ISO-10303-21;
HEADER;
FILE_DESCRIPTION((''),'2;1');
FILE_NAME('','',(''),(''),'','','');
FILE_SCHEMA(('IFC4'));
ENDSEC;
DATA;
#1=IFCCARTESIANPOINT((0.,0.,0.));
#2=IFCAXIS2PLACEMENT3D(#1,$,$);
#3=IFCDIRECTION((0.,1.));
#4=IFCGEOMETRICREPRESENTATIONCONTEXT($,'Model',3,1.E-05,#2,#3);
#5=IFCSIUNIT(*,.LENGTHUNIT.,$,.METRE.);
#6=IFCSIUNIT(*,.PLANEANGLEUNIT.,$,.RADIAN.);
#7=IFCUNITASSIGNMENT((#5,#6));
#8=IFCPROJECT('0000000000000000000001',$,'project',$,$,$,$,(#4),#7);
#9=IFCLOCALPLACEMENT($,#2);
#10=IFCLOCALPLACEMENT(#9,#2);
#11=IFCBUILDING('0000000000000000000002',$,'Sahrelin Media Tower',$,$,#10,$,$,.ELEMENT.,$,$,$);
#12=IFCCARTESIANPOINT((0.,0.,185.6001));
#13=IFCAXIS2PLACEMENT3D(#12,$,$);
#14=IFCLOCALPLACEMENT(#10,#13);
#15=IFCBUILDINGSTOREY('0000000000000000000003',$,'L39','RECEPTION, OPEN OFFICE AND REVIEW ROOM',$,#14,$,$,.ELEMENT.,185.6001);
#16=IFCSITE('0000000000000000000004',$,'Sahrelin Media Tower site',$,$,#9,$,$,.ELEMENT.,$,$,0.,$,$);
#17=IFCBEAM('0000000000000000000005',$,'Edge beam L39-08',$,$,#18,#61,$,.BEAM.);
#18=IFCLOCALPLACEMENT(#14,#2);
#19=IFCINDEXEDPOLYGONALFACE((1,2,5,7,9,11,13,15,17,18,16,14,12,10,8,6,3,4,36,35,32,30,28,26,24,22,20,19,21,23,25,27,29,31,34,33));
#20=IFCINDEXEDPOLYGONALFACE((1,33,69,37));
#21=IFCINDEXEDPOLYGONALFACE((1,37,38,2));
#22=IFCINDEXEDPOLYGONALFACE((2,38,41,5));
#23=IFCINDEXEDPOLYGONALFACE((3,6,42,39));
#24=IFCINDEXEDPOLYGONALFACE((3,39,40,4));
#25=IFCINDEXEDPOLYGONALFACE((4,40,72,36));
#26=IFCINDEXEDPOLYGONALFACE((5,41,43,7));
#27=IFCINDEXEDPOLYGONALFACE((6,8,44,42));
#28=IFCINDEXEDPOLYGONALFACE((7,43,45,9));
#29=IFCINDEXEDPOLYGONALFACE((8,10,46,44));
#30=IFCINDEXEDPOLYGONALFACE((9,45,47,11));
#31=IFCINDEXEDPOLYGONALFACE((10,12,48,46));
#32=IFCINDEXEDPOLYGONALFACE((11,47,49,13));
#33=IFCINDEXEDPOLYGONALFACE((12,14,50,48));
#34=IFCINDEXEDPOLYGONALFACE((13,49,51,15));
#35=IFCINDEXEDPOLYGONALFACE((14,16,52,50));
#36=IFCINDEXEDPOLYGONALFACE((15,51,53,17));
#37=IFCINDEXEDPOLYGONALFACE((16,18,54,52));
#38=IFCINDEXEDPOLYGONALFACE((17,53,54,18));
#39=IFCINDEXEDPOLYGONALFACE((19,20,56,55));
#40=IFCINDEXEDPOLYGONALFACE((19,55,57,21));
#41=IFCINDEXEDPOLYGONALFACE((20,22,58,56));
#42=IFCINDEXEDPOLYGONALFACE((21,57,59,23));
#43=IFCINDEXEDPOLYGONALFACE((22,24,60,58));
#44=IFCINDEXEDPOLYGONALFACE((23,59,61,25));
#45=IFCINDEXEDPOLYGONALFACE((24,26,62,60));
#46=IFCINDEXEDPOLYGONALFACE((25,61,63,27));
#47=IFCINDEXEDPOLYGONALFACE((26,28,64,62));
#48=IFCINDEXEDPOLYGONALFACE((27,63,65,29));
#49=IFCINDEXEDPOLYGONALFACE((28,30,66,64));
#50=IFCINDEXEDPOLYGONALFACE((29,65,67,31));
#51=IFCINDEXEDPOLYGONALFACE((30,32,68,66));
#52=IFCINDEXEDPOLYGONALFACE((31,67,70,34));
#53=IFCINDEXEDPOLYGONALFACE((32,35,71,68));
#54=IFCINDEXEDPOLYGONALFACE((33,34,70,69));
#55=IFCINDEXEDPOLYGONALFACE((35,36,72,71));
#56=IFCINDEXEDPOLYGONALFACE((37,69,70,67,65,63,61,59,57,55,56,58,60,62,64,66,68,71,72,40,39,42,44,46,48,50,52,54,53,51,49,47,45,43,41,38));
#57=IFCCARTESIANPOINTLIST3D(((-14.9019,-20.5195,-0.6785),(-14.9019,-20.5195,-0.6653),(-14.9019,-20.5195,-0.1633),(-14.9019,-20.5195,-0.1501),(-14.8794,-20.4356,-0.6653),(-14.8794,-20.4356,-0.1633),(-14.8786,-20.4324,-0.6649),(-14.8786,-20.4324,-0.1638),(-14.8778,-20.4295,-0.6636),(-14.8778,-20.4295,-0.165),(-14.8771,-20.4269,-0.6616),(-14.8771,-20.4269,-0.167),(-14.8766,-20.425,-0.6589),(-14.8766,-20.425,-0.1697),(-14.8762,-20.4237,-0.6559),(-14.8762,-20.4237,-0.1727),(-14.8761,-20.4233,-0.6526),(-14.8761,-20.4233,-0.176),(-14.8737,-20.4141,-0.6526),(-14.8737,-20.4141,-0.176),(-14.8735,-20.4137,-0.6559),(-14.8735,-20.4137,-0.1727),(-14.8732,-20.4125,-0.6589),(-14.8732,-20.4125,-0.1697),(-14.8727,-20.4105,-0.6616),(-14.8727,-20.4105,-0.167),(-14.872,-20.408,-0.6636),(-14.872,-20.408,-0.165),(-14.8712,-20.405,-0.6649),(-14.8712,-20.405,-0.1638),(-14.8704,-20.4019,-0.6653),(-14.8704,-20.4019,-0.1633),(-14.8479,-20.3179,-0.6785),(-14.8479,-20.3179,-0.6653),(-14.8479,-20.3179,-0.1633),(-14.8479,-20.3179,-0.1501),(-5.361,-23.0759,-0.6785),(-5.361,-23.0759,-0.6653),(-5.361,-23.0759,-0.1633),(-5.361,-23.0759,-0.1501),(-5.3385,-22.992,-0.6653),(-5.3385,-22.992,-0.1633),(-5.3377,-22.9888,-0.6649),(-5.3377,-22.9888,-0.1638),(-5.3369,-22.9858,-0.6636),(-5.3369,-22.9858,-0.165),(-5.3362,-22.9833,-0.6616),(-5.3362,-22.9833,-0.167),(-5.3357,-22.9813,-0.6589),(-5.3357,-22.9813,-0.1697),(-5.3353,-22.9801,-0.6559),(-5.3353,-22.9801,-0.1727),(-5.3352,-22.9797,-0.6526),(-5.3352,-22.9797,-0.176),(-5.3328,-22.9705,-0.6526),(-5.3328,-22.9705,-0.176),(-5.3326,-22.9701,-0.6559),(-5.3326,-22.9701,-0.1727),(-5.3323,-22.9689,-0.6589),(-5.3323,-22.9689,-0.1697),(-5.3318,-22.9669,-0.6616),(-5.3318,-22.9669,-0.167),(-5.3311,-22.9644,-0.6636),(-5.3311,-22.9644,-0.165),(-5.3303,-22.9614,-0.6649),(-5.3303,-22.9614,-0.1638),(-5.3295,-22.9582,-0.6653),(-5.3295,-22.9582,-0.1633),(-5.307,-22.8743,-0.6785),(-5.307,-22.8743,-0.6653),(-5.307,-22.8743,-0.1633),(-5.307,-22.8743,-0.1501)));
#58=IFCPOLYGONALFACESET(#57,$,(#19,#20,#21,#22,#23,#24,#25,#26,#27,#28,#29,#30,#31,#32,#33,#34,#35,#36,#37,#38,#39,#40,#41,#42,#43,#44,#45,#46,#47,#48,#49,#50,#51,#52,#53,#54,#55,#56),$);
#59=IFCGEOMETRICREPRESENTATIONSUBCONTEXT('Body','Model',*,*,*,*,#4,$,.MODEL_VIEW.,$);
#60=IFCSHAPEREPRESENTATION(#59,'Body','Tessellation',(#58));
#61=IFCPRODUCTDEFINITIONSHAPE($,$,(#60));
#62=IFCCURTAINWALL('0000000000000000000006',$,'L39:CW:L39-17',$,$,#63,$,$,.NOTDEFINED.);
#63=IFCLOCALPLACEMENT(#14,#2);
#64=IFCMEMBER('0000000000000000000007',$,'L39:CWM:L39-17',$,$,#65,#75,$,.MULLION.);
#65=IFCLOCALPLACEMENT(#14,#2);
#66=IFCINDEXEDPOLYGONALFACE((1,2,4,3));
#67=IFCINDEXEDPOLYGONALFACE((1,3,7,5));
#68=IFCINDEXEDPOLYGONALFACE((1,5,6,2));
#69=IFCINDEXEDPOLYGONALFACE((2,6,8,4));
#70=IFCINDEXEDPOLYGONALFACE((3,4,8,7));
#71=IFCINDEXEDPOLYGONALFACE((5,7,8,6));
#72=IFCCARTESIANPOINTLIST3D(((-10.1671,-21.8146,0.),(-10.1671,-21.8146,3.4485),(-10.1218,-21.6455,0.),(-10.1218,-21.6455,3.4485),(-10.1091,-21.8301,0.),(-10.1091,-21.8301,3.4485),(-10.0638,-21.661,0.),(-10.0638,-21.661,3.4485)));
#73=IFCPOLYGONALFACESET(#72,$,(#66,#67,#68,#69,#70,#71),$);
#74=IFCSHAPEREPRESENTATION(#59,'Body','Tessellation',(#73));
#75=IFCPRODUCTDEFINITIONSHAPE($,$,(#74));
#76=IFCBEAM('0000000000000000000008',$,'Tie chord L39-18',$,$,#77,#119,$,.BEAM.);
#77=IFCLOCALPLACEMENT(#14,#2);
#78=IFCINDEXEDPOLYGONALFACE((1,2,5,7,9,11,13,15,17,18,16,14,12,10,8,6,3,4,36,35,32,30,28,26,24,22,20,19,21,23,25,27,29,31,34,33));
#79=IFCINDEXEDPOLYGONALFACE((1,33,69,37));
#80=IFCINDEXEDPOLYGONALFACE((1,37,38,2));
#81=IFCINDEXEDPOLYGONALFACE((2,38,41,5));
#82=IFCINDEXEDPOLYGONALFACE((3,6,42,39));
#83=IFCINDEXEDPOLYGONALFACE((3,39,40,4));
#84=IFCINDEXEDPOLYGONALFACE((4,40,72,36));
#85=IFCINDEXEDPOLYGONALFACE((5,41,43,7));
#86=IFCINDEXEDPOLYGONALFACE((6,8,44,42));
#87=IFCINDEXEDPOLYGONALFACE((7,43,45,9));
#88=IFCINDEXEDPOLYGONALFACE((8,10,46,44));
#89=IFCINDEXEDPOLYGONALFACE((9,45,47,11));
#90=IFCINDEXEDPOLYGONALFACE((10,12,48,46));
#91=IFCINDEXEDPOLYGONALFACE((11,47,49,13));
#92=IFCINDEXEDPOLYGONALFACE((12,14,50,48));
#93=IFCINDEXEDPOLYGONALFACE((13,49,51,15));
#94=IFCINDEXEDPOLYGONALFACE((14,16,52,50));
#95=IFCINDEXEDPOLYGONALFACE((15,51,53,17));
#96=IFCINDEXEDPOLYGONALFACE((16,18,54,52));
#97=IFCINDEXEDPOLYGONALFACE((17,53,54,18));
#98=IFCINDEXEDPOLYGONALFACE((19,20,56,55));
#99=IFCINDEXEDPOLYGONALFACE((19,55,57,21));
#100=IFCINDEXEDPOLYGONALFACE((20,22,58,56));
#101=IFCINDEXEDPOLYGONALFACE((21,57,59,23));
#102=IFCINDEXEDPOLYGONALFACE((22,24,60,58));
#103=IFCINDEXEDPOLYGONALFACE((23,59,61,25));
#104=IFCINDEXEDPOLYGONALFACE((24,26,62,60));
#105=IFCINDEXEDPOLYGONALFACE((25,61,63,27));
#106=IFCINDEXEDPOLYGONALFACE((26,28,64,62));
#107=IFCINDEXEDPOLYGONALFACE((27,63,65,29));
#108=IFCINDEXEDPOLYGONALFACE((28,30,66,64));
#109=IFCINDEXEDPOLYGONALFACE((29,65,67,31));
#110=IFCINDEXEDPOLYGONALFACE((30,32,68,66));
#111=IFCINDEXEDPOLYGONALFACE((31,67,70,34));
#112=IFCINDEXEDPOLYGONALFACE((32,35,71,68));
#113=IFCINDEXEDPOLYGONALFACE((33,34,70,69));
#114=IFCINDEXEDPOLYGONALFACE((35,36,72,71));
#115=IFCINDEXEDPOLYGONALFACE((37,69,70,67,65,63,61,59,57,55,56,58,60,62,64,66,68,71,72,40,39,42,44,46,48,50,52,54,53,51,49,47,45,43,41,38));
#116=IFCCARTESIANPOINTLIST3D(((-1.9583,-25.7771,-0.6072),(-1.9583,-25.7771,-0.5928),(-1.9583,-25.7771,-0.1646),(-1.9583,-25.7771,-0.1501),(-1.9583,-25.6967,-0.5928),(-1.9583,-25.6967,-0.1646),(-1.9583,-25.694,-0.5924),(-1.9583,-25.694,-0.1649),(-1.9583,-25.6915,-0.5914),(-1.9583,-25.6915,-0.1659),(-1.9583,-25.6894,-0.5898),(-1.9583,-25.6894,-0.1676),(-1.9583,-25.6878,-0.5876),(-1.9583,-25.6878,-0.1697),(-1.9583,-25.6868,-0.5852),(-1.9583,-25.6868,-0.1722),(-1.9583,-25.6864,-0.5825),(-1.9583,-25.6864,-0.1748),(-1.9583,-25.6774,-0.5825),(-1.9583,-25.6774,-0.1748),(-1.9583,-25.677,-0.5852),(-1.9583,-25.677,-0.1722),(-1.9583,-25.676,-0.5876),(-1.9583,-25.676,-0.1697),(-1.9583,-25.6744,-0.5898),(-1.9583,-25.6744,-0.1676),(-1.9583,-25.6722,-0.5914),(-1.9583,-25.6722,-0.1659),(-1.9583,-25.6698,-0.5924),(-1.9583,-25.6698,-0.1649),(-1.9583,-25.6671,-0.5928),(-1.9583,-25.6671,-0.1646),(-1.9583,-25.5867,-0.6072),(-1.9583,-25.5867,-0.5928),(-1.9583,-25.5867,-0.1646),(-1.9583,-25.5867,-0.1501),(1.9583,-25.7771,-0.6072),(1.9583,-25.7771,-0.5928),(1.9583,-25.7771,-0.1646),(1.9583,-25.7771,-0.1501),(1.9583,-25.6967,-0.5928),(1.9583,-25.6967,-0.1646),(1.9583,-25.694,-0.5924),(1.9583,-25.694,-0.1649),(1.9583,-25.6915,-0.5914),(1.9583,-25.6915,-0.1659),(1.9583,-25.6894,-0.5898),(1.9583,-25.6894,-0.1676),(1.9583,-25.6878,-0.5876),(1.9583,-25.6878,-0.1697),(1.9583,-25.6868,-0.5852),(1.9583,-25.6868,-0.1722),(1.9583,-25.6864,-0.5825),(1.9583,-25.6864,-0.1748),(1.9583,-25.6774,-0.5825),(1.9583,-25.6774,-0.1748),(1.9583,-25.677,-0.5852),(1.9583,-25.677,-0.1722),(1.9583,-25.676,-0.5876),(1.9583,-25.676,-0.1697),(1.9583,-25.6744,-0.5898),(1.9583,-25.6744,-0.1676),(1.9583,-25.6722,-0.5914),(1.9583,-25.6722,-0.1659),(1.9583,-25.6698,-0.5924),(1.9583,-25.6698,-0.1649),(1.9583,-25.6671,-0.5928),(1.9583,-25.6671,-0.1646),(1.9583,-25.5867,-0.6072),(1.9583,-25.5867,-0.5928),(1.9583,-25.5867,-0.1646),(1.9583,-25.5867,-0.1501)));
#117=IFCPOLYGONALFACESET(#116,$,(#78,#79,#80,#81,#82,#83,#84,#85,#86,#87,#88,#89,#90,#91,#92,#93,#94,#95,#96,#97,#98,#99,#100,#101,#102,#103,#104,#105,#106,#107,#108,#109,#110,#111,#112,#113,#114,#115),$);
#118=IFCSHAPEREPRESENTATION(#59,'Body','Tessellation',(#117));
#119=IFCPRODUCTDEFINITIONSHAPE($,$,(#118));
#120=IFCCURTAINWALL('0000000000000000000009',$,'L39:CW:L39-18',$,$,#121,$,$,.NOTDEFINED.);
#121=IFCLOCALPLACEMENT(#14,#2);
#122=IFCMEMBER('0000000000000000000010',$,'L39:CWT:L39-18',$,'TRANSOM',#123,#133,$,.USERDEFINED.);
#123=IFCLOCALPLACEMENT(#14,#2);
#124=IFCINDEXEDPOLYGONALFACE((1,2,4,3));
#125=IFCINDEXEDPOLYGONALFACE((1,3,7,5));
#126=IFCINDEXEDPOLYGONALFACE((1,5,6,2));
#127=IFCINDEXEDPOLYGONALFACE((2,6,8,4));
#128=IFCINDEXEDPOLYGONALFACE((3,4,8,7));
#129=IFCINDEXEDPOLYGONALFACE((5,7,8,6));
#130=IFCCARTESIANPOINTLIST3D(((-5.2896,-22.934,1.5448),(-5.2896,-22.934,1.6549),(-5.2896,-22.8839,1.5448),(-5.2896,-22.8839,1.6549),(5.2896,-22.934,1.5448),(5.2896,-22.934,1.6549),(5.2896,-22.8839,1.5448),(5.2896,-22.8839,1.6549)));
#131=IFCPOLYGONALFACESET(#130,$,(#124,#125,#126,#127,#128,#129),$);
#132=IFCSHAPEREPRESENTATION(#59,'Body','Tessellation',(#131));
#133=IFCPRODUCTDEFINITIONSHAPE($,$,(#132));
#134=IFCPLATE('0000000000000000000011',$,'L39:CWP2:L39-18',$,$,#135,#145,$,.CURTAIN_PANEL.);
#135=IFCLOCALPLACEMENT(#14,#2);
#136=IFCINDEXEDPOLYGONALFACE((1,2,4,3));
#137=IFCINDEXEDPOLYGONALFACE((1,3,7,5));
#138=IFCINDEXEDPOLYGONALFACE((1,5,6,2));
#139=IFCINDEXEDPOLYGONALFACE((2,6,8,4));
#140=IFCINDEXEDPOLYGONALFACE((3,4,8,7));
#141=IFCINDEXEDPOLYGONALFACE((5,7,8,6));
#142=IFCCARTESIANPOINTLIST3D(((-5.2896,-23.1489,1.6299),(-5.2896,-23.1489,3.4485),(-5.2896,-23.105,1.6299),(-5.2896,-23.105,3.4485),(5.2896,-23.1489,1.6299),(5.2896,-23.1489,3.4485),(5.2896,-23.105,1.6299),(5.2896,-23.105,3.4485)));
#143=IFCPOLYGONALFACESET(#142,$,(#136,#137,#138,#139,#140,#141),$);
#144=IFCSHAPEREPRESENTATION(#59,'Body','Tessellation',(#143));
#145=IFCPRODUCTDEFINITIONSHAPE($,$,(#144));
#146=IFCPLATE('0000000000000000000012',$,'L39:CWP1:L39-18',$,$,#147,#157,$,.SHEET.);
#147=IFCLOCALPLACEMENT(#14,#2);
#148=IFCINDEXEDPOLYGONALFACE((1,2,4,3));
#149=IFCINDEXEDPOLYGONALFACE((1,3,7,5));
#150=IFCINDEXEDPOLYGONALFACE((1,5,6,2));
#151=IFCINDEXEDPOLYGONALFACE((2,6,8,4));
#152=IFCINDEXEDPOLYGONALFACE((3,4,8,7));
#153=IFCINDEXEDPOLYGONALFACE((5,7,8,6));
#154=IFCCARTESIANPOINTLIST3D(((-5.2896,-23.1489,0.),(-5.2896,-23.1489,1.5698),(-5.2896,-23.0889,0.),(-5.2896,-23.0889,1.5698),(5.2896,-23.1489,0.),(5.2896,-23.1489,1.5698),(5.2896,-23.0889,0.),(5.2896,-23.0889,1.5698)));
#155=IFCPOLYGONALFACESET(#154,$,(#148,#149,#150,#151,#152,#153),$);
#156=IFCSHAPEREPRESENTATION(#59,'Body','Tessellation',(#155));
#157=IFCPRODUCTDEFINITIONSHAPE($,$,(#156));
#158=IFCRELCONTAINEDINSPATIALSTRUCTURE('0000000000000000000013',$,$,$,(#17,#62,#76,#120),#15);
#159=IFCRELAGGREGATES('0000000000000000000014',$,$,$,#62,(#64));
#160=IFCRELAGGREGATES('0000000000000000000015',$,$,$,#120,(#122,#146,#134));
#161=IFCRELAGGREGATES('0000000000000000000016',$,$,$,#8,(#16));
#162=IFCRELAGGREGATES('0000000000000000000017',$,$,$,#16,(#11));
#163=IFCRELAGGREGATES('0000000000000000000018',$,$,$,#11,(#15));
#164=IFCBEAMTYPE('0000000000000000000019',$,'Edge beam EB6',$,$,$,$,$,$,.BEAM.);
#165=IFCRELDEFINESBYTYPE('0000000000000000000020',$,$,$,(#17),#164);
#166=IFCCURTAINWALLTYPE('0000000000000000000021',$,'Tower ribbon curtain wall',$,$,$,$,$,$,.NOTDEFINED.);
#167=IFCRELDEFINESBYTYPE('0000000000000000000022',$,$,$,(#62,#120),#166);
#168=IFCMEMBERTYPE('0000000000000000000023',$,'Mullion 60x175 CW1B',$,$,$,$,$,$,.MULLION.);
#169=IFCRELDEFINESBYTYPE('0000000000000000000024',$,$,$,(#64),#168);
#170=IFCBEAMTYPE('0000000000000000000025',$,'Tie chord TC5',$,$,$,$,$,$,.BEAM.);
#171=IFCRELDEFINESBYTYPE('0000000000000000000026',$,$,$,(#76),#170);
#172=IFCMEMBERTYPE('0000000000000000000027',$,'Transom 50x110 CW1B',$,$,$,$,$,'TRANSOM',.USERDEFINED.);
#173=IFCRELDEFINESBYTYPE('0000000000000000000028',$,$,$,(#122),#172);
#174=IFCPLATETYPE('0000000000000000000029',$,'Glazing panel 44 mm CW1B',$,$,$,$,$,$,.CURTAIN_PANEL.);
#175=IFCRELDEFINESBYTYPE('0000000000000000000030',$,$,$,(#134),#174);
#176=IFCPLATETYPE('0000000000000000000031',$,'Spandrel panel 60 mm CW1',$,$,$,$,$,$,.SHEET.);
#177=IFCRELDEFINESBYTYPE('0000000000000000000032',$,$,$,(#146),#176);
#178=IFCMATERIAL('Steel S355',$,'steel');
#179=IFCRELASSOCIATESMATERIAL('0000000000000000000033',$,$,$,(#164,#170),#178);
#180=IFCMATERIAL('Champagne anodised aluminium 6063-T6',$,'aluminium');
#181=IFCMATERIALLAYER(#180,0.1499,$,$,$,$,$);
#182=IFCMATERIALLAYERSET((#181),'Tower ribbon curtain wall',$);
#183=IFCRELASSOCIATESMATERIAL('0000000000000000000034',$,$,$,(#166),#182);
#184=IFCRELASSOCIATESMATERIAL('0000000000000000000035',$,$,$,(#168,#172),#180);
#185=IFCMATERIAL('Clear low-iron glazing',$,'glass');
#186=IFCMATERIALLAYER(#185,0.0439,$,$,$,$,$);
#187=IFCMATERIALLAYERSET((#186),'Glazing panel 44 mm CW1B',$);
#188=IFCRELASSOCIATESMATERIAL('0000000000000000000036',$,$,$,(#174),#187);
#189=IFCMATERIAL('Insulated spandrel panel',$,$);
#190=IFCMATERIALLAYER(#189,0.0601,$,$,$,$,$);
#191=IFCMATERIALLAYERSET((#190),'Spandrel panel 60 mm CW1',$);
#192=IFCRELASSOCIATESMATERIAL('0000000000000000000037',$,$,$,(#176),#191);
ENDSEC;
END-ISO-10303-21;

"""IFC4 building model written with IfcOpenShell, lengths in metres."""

from ifc_helpers import new_model, si_unit, direction, frame, origin, origin_2d, place, context, subcontext, project, spatial, polyline, rectangle, i_section, outline, extrude, material, layer, layer_set, material_profile, profile_set, type_object, element, aggregate, save


model = new_model("IFC4")

# Units and contexts
model_context = context("Model", 3, precision=1e-05, world=origin(), true_north=direction((0.0, 1.0)))
body_context = subcontext(model_context, "Body", "Model", "MODEL_VIEW")
ifc_project = project(units=[si_unit("LENGTHUNIT", "METRE"), si_unit("PLANEANGLEUNIT", "RADIAN")], contexts=[model_context])

# Site, building, storey
site_placement = place(None, origin())
site = spatial("IfcSite", under=ifc_project, at=site_placement, Name="Sahrelin Media Tower site", CompositionType="ELEMENT", RefElevation=0.0)
building_placement = place(site_placement, origin())
building = spatial("IfcBuilding", under=site, at=building_placement, Name="Sahrelin Media Tower", CompositionType="ELEMENT")
storey_placement = place(building_placement, frame((0.0, 0.0, 185.6001)))
storey = spatial("IfcBuildingStorey", under=building, at=storey_placement, Name="L39", Description="RECEPTION, OPEN OFFICE AND REVIEW ROOM", CompositionType="ELEMENT", Elevation=185.6001)

# Beam
ifc_material_1 = material(Name="Steel S355", Category="steel")
ifc_material_profile_1 = material_profile(ifc_material_1, i_section(OverallWidth=0.2087, OverallDepth=0.5283, WebThickness=0.0095, FlangeThickness=0.0132, FilletRadius=0.0127, at=origin_2d()), Name="UB 533x210x82")
ifc_profile_set_1 = profile_set([ifc_material_profile_1], Name="Steel S355")
beam_type_1 = type_object("IfcBeamType", Name="Edge beam EB6", PredefinedType="BEAM", material=ifc_profile_set_1)
beam_1_placement = place(storey_placement, frame((-5.334, -22.9751, -0.4143), z_axis=(-0.965929, 0.258809, 0.0), x_axis=(-0.258809, -0.965929, 0.0)))
element("IfcBeam", 1, at=beam_1_placement, inside=storey, type_object=beam_type_1, Name="Edge beam L39-08", PredefinedType="BEAM", context=body_context, shape_type="SweptSolid", body=[
    extrude(i_section(OverallWidth=0.2087, OverallDepth=0.5283, WebThickness=0.0095, FlangeThickness=0.0132, FilletRadius=0.0127, at=origin_2d()), origin(), (0.0, 0.0, 1.0), 9.8774),
])

# Curtain wall, member
ifc_material_2 = material(Name="Champagne anodised aluminium 6063-T6", Category="aluminium")
ifc_layer_1 = layer(ifc_material_2, 0.1499)
ifc_layer_set_1 = layer_set([ifc_layer_1], Name="Tower ribbon curtain wall")
curtain_wall_type = type_object("IfcCurtainWallType", Name="Tower ribbon curtain wall", PredefinedType="NOTDEFINED", material=ifc_layer_set_1)
curtain_wall_1_placement = place(storey_placement, frame((-10.1433, -21.8418, 0.0), z_axis=(0.0, 0.0, 1.0), x_axis=(1.0, 0.0, 0.0)))
curtain_wall_1 = element("IfcCurtainWall", 2, at=curtain_wall_1_placement, inside=storey, type_object=curtain_wall_type, Name="L39:CW:L39-17", PredefinedType="NOTDEFINED")
ifc_material_profile_2 = material_profile(ifc_material_2, rectangle(XDim=0.0601, YDim=0.175, at=origin_2d()), Name="Mullion 60x175")
ifc_profile_set_2 = profile_set([ifc_material_profile_2], Name="Champagne anodised aluminium 6063-T6")
member_type_1 = type_object("IfcMemberType", Name="Mullion 60x175 CW1B", PredefinedType="MULLION", material=ifc_profile_set_2)
member_1_placement = place(storey_placement, frame((-10.1155, -21.7378, 0.0), z_axis=(0.0, 0.0, 1.0), x_axis=(0.965925, -0.258822, 0.0)))
member_1 = element("IfcMember", 3, at=member_1_placement, type_object=member_type_1, Name="L39:CWM:L39-17", PredefinedType="MULLION", context=body_context, shape_type="SweptSolid", body=[
    extrude(rectangle(XDim=0.0601, YDim=0.175, at=origin_2d()), origin(), (0.0, 0.0, 1.0), 3.4485),
])
aggregate(curtain_wall_1, [member_1])

# Beam
ifc_material_profile_3 = material_profile(ifc_material_1, i_section(OverallWidth=0.1904, OverallDepth=0.457, WebThickness=0.009, FlangeThickness=0.0144, FilletRadius=0.0103, at=origin_2d()), Name="UB 457x191x74")
ifc_profile_set_3 = profile_set([ifc_material_profile_3], Name="Steel S355")
beam_type_2 = type_object("IfcBeamType", Name="Tie chord TC5", PredefinedType="BEAM", material=ifc_profile_set_3)
beam_2_placement = place(storey_placement, frame((-1.9583, -25.6819, -0.3787), z_axis=(1.0, 0.0, 0.0), x_axis=(0.0, 1.0, 0.0)))
element("IfcBeam", 4, at=beam_2_placement, inside=storey, type_object=beam_type_2, Name="Tie chord L39-18", PredefinedType="BEAM", context=body_context, shape_type="SweptSolid", body=[
    extrude(i_section(OverallWidth=0.1904, OverallDepth=0.457, WebThickness=0.009, FlangeThickness=0.0144, FilletRadius=0.0103, at=origin_2d()), origin(), (0.0, 0.0, 1.0), 3.9165),
])

# Curtain wall, member, plates
curtain_wall_2_placement = place(storey_placement, frame((0.0, -23.1289, 0.0), z_axis=(0.0, 0.0, 1.0), x_axis=(1.0, 0.0, 0.0)))
curtain_wall_2 = element("IfcCurtainWall", 5, at=curtain_wall_2_placement, inside=storey, type_object=curtain_wall_type, Name="L39:CW:L39-18", PredefinedType="NOTDEFINED")
ifc_material_profile_4 = material_profile(ifc_material_2, rectangle(XDim=0.05, YDim=0.1101, at=origin_2d()), Name="Transom 50x110")
ifc_profile_set_4 = profile_set([ifc_material_profile_4], Name="Champagne anodised aluminium 6063-T6")
member_type_2 = type_object("IfcMemberType", Name="Transom 50x110 CW1B", ElementType="TRANSOM", PredefinedType="USERDEFINED", material=ifc_profile_set_4)
member_2_placement = place(storey_placement, frame((-5.2896, -22.9089, 1.5999), z_axis=(1.0, 0.0, 0.0), x_axis=(0.0, 1.0, 0.0)))
member_2 = element("IfcMember", 6, at=member_2_placement, type_object=member_type_2, Name="L39:CWT:L39-18", ObjectType="TRANSOM", PredefinedType="USERDEFINED", context=body_context, shape_type="SweptSolid", body=[
    extrude(rectangle(XDim=0.05, YDim=0.1101, at=origin_2d()), origin(), (0.0, 0.0, 1.0), 10.5791),
])
ifc_material_3 = material(Name="Clear low-iron glazing", Category="glass")
ifc_layer_2 = layer(ifc_material_3, 0.0439)
ifc_layer_set_2 = layer_set([ifc_layer_2], Name="Glazing panel 44 mm CW1B")
plate_type_1 = type_object("IfcPlateType", Name="Glazing panel 44 mm CW1B", PredefinedType="CURTAIN_PANEL", material=ifc_layer_set_2)
plate_1_placement = place(storey_placement, frame((-5.2896, -23.1489, 1.6299), z_axis=(0.0, -1.0, 0.0), x_axis=(1.0, 0.0, 0.0)))
plate_1 = element("IfcPlate", 7, at=plate_1_placement, type_object=plate_type_1, Name="L39:CWP2:L39-18", PredefinedType="CURTAIN_PANEL", context=body_context, shape_type="SweptSolid", body=[
    extrude(outline(polyline([(0.0, 0.0), (10.5791, 0.0), (10.5791, 1.8186), (0.0, 1.8186), (0.0, 0.0)])), origin(), (0.0, 0.0, -1.0), 0.0439),
])
ifc_material_4 = material(Name="Insulated spandrel panel")
ifc_layer_3 = layer(ifc_material_4, 0.0601)
ifc_layer_set_3 = layer_set([ifc_layer_3], Name="Spandrel panel 60 mm CW1")
plate_type_2 = type_object("IfcPlateType", Name="Spandrel panel 60 mm CW1", PredefinedType="SHEET", material=ifc_layer_set_3)
plate_2_placement = place(storey_placement, frame((-5.2896, -23.1489, 0.0), z_axis=(0.0, -1.0, 0.0), x_axis=(1.0, 0.0, 0.0)))
plate_2 = element("IfcPlate", 8, at=plate_2_placement, type_object=plate_type_2, Name="L39:CWP1:L39-18", PredefinedType="SHEET", context=body_context, shape_type="SweptSolid", body=[
    extrude(outline(polyline([(0.0, 0.0), (10.5791, 0.0), (10.5791, 1.5698), (0.0, 1.5698), (0.0, 0.0)])), origin(), (0.0, 0.0, -1.0), 0.0601),
])
aggregate(curtain_wall_2, [member_2, plate_2, plate_1])

save(model, "model.ifc")
